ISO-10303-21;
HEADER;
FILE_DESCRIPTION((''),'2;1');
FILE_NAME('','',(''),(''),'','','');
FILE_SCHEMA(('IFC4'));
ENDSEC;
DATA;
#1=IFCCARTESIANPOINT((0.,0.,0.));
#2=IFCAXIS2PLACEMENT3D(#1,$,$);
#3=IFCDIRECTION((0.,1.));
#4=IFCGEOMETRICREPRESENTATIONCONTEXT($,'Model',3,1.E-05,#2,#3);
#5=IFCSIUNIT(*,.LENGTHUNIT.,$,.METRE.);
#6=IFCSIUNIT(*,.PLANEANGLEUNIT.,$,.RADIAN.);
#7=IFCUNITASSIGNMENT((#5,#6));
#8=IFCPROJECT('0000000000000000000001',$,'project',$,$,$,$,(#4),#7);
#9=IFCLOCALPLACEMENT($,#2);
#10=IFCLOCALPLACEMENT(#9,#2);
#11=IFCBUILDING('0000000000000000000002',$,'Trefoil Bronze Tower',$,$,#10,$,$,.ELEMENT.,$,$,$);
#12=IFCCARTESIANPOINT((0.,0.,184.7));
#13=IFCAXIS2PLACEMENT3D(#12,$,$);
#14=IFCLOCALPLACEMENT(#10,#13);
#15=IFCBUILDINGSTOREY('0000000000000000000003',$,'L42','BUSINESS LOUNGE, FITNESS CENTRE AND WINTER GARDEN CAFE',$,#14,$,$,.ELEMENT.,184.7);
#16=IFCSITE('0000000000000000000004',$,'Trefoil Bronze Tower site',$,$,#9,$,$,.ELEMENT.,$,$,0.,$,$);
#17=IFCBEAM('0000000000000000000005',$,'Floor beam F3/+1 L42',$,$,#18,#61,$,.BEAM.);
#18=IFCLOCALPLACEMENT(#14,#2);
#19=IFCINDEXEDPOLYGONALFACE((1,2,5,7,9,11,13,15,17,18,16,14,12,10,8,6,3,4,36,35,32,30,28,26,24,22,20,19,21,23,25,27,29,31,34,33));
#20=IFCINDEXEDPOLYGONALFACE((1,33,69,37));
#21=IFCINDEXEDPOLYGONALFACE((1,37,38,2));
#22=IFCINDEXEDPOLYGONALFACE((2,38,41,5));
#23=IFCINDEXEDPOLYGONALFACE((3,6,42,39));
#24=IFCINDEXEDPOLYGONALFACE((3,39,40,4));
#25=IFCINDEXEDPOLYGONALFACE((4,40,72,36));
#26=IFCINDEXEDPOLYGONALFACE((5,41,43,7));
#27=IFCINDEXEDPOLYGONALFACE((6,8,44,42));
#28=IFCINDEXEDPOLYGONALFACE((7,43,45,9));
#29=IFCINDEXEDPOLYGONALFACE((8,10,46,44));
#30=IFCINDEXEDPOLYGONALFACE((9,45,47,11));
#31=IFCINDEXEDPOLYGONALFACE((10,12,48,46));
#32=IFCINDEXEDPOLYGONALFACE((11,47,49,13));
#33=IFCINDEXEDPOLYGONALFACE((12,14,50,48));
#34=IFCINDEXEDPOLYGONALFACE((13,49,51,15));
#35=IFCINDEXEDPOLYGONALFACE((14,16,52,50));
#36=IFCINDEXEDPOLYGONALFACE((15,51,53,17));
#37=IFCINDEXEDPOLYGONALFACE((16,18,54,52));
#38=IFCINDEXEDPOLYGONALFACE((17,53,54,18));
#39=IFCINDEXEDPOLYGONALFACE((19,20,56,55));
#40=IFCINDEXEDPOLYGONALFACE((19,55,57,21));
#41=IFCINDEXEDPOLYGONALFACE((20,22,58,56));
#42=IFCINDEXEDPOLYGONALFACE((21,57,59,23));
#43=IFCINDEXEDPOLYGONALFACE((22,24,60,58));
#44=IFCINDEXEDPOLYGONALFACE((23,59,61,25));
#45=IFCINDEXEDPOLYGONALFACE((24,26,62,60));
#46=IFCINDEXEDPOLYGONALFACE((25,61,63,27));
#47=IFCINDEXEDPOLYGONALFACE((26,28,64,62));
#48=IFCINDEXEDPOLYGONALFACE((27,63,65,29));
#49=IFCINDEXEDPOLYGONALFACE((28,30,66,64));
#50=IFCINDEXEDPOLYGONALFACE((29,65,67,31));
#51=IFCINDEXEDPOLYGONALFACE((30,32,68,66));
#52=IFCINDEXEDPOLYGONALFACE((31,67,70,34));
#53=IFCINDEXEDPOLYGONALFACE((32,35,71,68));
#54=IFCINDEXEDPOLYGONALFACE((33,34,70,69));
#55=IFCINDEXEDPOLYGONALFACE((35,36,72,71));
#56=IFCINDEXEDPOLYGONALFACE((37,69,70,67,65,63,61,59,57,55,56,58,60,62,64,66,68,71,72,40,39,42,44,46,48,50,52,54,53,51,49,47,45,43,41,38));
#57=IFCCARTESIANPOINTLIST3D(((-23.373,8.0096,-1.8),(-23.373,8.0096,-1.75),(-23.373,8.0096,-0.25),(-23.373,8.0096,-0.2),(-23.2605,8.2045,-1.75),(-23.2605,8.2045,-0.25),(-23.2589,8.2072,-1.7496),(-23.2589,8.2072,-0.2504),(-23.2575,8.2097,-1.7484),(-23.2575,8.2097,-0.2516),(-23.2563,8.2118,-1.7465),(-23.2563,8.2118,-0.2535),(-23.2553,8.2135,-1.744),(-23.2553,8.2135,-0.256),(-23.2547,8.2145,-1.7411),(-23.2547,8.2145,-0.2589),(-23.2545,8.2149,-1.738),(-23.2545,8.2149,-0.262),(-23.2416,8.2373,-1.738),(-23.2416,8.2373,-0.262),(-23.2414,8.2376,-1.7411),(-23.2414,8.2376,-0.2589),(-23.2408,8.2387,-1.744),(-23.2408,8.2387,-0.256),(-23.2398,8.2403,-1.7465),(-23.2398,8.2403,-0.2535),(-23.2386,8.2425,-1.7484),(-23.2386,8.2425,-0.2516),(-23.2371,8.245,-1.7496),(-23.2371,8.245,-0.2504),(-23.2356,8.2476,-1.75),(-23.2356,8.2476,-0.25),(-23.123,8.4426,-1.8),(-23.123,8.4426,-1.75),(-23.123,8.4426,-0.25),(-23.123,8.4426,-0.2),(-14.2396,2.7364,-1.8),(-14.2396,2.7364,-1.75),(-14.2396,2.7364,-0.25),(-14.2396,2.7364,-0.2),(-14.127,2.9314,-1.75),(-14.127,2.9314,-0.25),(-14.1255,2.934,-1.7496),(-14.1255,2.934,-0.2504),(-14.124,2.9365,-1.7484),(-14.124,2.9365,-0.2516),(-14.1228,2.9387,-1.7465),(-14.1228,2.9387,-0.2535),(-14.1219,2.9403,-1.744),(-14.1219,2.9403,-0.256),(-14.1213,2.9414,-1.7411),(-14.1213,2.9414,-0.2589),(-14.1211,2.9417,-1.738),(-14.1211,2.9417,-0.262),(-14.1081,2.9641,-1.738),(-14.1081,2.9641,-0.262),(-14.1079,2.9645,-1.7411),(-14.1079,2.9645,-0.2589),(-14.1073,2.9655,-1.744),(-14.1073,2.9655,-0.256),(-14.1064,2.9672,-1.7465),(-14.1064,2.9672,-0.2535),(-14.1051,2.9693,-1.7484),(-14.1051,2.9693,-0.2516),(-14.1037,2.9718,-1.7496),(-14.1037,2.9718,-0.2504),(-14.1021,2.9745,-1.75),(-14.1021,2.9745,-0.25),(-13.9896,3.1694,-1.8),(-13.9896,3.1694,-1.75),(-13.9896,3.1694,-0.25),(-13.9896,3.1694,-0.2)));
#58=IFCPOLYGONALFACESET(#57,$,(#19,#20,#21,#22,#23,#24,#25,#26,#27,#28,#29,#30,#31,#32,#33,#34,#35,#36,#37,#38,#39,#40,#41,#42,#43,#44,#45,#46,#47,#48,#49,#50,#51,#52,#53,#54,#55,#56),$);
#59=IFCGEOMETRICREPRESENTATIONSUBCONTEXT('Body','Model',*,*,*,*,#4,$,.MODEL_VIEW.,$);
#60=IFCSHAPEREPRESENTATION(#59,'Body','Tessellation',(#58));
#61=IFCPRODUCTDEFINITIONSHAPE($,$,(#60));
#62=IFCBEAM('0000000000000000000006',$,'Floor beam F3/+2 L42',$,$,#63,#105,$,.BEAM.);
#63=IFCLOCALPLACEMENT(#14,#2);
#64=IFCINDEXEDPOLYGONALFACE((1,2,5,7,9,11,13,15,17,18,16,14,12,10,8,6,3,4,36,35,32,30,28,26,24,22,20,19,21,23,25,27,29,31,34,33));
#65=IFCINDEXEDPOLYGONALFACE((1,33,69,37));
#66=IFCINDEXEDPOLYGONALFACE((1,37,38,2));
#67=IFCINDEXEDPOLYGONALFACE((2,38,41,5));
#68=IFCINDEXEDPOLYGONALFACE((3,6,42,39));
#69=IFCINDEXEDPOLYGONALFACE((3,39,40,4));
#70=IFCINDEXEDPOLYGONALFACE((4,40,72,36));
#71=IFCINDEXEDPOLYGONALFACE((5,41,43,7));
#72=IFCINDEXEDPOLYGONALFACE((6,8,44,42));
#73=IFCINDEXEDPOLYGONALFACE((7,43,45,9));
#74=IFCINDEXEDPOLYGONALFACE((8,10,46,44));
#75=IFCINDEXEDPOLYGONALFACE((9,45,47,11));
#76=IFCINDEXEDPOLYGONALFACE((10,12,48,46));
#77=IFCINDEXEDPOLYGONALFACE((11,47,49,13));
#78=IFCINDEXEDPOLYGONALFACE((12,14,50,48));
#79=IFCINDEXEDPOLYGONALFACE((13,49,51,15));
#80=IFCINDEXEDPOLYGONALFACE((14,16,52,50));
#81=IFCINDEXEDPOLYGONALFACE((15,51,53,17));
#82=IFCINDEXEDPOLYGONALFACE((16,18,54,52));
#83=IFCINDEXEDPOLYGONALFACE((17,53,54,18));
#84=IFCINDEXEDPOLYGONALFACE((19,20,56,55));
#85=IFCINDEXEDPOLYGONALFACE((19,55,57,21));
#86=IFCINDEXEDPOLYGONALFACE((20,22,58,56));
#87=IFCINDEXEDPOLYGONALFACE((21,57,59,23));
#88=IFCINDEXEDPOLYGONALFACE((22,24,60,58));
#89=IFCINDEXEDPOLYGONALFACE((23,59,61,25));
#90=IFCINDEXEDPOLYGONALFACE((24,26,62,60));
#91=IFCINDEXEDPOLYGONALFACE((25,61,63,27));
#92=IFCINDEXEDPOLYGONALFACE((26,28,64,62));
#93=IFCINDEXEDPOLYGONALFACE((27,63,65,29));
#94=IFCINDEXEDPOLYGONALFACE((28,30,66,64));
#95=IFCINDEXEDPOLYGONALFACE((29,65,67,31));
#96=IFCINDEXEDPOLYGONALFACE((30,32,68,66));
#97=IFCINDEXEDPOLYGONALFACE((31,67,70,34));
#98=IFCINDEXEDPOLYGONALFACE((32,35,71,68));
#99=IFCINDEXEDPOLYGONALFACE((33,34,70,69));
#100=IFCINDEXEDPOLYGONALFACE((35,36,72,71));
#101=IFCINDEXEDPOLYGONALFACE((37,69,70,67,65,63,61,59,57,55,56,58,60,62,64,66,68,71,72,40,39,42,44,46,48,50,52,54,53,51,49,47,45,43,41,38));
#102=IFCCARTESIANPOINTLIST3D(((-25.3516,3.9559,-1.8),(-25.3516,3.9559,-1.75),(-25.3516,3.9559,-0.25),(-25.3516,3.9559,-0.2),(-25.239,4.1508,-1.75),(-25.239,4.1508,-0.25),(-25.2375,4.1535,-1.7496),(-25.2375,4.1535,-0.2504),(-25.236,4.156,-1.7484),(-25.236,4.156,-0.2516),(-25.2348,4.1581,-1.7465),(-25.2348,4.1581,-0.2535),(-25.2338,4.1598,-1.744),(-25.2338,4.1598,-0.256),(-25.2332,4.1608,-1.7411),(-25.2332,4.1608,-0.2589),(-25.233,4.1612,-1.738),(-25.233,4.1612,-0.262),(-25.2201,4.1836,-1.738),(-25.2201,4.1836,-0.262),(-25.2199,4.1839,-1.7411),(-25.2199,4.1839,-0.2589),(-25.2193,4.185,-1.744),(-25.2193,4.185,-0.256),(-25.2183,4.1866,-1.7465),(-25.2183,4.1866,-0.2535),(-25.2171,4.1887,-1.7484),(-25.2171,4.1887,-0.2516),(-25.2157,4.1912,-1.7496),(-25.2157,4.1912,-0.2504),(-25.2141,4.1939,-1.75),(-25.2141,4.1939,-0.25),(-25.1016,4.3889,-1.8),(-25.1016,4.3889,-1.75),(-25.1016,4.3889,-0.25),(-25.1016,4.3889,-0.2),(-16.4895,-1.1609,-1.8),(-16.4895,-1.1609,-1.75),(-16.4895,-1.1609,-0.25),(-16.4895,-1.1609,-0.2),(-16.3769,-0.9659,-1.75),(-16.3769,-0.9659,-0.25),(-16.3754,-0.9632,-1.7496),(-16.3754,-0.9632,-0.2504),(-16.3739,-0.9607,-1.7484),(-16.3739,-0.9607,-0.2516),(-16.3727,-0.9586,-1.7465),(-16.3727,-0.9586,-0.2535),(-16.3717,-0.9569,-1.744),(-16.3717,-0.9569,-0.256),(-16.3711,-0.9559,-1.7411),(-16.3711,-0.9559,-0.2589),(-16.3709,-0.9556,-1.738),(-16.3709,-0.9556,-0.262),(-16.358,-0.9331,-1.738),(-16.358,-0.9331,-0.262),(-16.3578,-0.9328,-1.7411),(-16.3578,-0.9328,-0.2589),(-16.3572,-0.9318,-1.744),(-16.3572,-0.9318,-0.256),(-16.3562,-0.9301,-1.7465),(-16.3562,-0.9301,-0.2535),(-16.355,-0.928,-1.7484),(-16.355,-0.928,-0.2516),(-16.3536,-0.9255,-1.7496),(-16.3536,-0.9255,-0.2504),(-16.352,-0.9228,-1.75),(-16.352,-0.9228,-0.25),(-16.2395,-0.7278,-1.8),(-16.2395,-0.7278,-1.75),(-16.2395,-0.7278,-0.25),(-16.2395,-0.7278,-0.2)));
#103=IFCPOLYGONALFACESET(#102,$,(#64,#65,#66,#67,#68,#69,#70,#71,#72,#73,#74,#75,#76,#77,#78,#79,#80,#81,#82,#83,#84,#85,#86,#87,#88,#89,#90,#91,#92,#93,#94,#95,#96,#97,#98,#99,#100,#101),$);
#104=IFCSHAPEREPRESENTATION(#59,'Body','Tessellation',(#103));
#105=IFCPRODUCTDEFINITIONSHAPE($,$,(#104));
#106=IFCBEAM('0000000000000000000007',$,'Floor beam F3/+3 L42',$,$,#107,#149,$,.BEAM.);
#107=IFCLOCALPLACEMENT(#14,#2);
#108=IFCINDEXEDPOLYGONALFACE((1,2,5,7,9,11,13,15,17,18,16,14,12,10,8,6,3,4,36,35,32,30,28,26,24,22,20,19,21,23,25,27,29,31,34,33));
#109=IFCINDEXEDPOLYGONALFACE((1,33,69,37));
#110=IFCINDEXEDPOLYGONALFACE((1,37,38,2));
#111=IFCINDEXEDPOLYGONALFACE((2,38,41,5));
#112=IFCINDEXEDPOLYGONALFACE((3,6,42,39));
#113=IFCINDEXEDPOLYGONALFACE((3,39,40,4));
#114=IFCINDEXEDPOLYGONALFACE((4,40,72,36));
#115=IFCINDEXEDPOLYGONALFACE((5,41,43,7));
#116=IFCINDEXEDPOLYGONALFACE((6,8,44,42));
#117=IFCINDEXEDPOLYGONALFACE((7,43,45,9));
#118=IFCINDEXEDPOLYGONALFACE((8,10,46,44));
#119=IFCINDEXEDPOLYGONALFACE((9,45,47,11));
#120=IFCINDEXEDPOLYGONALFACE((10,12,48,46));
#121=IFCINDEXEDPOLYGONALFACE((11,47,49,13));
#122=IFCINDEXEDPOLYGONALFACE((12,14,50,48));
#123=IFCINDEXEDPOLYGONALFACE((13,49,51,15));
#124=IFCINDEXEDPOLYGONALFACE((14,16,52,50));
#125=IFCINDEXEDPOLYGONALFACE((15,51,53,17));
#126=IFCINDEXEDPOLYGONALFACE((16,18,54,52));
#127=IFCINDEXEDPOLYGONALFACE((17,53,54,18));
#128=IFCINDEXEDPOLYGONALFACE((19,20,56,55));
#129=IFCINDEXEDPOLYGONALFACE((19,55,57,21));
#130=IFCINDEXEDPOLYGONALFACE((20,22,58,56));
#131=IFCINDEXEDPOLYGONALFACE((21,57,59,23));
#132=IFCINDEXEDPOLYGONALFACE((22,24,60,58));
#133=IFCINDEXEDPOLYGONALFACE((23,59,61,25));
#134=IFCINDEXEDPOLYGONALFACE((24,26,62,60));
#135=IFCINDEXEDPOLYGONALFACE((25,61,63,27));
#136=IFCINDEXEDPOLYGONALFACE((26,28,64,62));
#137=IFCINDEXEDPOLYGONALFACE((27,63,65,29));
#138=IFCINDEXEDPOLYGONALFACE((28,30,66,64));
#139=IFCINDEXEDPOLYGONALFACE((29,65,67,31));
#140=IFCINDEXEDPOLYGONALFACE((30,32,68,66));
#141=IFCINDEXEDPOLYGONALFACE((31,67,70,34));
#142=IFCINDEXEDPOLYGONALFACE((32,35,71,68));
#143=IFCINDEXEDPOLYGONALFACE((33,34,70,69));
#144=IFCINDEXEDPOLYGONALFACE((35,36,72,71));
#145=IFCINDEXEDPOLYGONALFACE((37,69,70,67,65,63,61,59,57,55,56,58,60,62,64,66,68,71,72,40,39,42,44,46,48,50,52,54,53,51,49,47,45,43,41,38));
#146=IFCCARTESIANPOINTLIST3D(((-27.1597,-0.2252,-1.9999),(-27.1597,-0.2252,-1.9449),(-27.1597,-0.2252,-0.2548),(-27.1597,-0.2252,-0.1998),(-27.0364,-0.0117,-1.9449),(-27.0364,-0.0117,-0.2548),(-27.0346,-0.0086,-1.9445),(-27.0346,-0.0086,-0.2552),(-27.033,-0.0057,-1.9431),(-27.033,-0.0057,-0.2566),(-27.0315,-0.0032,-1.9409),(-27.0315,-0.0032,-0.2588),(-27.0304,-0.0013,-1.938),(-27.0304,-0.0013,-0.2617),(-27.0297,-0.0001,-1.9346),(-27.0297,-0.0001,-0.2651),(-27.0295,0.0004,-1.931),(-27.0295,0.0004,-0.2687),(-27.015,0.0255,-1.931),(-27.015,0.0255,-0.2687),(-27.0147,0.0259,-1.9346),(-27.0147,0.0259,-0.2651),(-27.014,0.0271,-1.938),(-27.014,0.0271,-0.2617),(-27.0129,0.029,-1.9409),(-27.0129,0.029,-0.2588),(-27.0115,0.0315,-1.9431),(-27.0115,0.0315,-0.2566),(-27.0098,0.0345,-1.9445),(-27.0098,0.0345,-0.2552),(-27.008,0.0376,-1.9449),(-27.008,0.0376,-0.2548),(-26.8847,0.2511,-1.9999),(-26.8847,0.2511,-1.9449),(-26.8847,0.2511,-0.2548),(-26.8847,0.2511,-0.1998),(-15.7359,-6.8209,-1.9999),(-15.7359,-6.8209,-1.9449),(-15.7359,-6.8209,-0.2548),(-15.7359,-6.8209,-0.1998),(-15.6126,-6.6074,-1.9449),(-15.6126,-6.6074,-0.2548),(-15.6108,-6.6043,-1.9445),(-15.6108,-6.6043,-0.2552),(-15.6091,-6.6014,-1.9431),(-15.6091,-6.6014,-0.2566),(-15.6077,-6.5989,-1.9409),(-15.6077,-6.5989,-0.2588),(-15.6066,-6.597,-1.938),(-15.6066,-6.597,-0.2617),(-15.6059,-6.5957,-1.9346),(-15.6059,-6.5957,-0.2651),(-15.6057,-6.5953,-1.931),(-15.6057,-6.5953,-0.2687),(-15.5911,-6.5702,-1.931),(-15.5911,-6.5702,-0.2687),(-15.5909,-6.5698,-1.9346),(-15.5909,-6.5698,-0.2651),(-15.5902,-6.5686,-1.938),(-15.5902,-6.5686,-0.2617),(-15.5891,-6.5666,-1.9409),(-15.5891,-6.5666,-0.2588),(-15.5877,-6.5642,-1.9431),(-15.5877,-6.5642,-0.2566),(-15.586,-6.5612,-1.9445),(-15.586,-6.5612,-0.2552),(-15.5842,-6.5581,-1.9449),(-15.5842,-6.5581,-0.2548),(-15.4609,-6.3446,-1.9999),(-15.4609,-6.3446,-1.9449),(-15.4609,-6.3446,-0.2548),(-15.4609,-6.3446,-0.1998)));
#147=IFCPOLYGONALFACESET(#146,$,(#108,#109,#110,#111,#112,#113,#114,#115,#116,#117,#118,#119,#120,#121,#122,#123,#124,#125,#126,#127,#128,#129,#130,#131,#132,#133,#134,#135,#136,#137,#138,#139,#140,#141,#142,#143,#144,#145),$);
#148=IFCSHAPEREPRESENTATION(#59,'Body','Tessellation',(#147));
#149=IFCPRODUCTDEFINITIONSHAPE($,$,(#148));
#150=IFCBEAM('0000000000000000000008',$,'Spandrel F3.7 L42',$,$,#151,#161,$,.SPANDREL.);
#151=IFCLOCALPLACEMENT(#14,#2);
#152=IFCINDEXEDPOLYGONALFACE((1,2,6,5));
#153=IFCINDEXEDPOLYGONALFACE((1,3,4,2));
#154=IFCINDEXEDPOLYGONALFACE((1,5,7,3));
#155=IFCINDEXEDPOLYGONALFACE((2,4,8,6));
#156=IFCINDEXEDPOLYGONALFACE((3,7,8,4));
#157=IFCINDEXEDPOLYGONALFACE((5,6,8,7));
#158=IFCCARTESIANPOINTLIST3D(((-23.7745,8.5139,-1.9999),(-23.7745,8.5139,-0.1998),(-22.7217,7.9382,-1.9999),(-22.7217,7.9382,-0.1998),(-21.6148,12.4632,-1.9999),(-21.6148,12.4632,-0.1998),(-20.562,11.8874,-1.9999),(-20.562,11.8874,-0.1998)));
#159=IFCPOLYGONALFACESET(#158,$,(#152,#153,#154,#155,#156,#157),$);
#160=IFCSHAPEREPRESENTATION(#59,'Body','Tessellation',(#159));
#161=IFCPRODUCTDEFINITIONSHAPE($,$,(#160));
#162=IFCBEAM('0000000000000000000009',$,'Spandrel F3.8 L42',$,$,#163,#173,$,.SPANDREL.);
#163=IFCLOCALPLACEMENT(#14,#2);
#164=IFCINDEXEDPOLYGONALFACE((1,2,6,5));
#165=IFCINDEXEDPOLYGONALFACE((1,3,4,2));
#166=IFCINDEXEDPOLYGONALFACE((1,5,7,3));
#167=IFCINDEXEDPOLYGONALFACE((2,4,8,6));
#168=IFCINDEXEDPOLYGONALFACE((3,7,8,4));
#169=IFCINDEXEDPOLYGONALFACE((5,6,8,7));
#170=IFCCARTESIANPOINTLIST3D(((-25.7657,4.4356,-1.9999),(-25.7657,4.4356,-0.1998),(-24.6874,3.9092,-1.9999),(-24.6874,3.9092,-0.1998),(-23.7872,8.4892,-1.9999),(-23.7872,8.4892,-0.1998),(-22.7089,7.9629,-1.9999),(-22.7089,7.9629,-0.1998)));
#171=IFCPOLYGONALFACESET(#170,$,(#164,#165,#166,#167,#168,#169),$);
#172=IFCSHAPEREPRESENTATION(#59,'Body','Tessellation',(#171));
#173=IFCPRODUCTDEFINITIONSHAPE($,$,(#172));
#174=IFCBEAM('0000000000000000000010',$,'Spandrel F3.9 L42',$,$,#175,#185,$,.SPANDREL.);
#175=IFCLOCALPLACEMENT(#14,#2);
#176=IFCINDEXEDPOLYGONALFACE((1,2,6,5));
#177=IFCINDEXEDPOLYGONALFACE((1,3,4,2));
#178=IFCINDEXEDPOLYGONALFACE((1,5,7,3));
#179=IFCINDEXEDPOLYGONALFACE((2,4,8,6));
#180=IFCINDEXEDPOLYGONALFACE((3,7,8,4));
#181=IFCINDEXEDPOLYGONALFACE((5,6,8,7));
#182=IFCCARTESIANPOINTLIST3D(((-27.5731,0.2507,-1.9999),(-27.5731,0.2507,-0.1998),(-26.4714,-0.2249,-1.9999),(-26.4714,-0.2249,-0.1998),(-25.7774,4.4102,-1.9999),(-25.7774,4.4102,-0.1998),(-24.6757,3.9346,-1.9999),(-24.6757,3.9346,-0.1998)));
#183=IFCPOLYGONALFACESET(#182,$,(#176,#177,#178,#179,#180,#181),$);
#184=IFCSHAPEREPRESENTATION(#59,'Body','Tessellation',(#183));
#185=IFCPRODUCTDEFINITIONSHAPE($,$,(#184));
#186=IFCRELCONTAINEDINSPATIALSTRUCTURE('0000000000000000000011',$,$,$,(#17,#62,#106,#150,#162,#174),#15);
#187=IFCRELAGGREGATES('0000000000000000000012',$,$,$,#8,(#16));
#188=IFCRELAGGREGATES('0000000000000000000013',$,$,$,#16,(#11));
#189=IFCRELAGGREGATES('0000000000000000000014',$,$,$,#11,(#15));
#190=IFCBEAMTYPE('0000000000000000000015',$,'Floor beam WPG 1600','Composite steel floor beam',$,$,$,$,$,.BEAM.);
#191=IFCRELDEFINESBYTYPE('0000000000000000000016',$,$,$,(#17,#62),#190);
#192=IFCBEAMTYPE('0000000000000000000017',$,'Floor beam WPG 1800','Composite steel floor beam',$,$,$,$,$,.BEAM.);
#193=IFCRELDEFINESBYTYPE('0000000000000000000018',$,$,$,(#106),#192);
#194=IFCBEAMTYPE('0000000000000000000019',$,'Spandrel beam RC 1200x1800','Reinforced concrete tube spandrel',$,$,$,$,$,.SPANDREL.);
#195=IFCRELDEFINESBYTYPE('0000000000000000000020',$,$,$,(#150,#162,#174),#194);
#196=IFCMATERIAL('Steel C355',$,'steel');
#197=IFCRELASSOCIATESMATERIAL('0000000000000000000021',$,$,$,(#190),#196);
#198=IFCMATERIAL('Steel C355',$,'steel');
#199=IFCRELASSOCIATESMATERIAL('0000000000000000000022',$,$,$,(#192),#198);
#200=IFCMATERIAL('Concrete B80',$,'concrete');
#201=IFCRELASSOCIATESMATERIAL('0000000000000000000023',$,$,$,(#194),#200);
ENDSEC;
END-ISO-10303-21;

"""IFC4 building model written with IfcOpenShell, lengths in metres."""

from ifc_helpers import new_model, si_unit, direction, frame, origin, origin_2d, place, context, subcontext, project, spatial, rectangle, i_section, extrude, material, material_profile, profile_set, type_object, element, save


model = new_model("IFC4")

# Units and contexts
model_context = context("Model", 3, precision=1e-05, world=origin(), true_north=direction((0.0, 1.0)))
body_context = subcontext(model_context, "Body", "Model", "MODEL_VIEW")
ifc_project = project(units=[si_unit("LENGTHUNIT", "METRE"), si_unit("PLANEANGLEUNIT", "RADIAN")], contexts=[model_context])

# Site, building, storey
site_placement = place(None, origin())
site = spatial("IfcSite", under=ifc_project, at=site_placement, Name="Trefoil Bronze Tower site", CompositionType="ELEMENT", RefElevation=0.0)
building_placement = place(site_placement, origin())
building = spatial("IfcBuilding", under=site, at=building_placement, Name="Trefoil Bronze Tower", CompositionType="ELEMENT")
storey_placement = place(building_placement, frame((0.0, 0.0, 184.7)))
storey = spatial("IfcBuildingStorey", under=building, at=storey_placement, Name="L42", Description="BUSINESS LOUNGE, FITNESS CENTRE AND WINTER GARDEN CAFE", CompositionType="ELEMENT", Elevation=184.7)

# Beams
ifc_material_1 = material(Name="Steel C355", Category="steel")
ifc_material_profile_1 = material_profile(ifc_material_1, i_section(OverallWidth=0.5, OverallDepth=1.6001, WebThickness=0.0259, FlangeThickness=0.05, FilletRadius=0.012, at=origin_2d()), Name="WPG 1600")
ifc_profile_set_1 = profile_set([ifc_material_profile_1], Name="Steel C355")
beam_type_1 = type_object("IfcBeamType", Name="Floor beam WPG 1600", Description="Composite steel floor beam", PredefinedType="BEAM", material=ifc_profile_set_1)
beam_1_placement = place(storey_placement, frame((-23.248, 8.2261, -1.0), z_axis=(0.866028, -0.499996, 0.0), x_axis=(0.499996, 0.866028, 0.0)))
element("IfcBeam", 1, at=beam_1_placement, inside=storey, type_object=beam_type_1, Name="Floor beam F3/+1 L42", PredefinedType="BEAM", context=body_context, shape_type="SweptSolid", body=[
    extrude(i_section(OverallWidth=0.5, OverallDepth=1.6001, WebThickness=0.0259, FlangeThickness=0.05, FilletRadius=0.012, at=origin_2d()), origin(), (0.0, 0.0, 1.0), 10.5464),
])
beam_2_placement = place(storey_placement, frame((-25.2266, 4.1724, -1.0), z_axis=(0.866018, -0.500014, 0.0), x_axis=(0.500014, 0.866018, 0.0)))
element("IfcBeam", 2, at=beam_2_placement, inside=storey, type_object=beam_type_1, Name="Floor beam F3/+2 L42", PredefinedType="BEAM", context=body_context, shape_type="SweptSolid", body=[
    extrude(i_section(OverallWidth=0.5, OverallDepth=1.6001, WebThickness=0.0259, FlangeThickness=0.05, FilletRadius=0.012, at=origin_2d()), origin(), (0.0, 0.0, 1.0), 10.2332),
])
ifc_material_2 = material(Name="Steel C355", Category="steel")
ifc_material_profile_2 = material_profile(ifc_material_2, i_section(OverallWidth=0.55, OverallDepth=1.8, WebThickness=0.0291, FlangeThickness=0.0549, FilletRadius=0.0139, at=origin_2d()), Name="WPG 1800")
ifc_profile_set_2 = profile_set([ifc_material_profile_2], Name="Steel C355")
beam_type_2 = type_object("IfcBeamType", Name="Floor beam WPG 1800", Description="Composite steel floor beam", PredefinedType="BEAM", material=ifc_profile_set_2)
beam_3_placement = place(storey_placement, frame((-27.0222, 0.0129, -1.0999), z_axis=(0.86602, -0.500009, 0.0), x_axis=(0.500009, 0.86602, 0.0)))
element("IfcBeam", 3, at=beam_3_placement, inside=storey, type_object=beam_type_2, Name="Floor beam F3/+3 L42", PredefinedType="BEAM", context=body_context, shape_type="SweptSolid", body=[
    extrude(i_section(OverallWidth=0.55, OverallDepth=1.8, WebThickness=0.0291, FlangeThickness=0.0549, FilletRadius=0.0139, at=origin_2d()), origin(), (0.0, 0.0, 1.0), 13.1912),
])
ifc_material_3 = material(Name="Concrete B80", Category="concrete")
ifc_material_profile_3 = material_profile(ifc_material_3, rectangle(XDim=1.2, YDim=1.8, at=origin_2d()), Name="RC 1200x1800")
ifc_profile_set_3 = profile_set([ifc_material_profile_3], Name="Concrete B80")
beam_type_3 = type_object("IfcBeamType", Name="Spandrel beam RC 1200x1800", Description="Reinforced concrete tube spandrel", PredefinedType="SPANDREL", material=ifc_profile_set_3)
beam_4_placement = place(storey_placement, frame((-21.0884, 12.1753, -1.0999), z_axis=(-0.479802, -0.877377, 0.0), x_axis=(0.877377, -0.479802, 0.0)))
element("IfcBeam", 4, at=beam_4_placement, inside=storey, type_object=beam_type_3, Name="Spandrel F3.7 L42", PredefinedType="SPANDREL", context=body_context, shape_type="SweptSolid", body=[
    extrude(rectangle(XDim=1.2, YDim=1.8, at=origin_2d()), origin(), (0.0, 0.0, 1.0), 4.5012),
])
beam_5_placement = place(storey_placement, frame((-23.248, 8.2261, -1.0999), z_axis=(-0.43862, -0.898673, 0.0), x_axis=(0.898673, -0.43862, 0.0)))
element("IfcBeam", 5, at=beam_5_placement, inside=storey, type_object=beam_type_3, Name="Spandrel F3.8 L42", PredefinedType="SPANDREL", context=body_context, shape_type="SweptSolid", body=[
    extrude(rectangle(XDim=1.2, YDim=1.8, at=origin_2d()), origin(), (0.0, 0.0, 1.0), 4.5107),
])
beam_6_placement = place(storey_placement, frame((-25.2266, 4.1724, -1.0999), z_axis=(-0.39635, -0.918099, 0.0), x_axis=(0.918099, -0.39635, 0.0)))
element("IfcBeam", 6, at=beam_6_placement, inside=storey, type_object=beam_type_3, Name="Spandrel F3.9 L42", PredefinedType="SPANDREL", context=body_context, shape_type="SweptSolid", body=[
    extrude(rectangle(XDim=1.2, YDim=1.8, at=origin_2d()), origin(), (0.0, 0.0, 1.0), 4.5305),
])

save(model, "model.ifc")
